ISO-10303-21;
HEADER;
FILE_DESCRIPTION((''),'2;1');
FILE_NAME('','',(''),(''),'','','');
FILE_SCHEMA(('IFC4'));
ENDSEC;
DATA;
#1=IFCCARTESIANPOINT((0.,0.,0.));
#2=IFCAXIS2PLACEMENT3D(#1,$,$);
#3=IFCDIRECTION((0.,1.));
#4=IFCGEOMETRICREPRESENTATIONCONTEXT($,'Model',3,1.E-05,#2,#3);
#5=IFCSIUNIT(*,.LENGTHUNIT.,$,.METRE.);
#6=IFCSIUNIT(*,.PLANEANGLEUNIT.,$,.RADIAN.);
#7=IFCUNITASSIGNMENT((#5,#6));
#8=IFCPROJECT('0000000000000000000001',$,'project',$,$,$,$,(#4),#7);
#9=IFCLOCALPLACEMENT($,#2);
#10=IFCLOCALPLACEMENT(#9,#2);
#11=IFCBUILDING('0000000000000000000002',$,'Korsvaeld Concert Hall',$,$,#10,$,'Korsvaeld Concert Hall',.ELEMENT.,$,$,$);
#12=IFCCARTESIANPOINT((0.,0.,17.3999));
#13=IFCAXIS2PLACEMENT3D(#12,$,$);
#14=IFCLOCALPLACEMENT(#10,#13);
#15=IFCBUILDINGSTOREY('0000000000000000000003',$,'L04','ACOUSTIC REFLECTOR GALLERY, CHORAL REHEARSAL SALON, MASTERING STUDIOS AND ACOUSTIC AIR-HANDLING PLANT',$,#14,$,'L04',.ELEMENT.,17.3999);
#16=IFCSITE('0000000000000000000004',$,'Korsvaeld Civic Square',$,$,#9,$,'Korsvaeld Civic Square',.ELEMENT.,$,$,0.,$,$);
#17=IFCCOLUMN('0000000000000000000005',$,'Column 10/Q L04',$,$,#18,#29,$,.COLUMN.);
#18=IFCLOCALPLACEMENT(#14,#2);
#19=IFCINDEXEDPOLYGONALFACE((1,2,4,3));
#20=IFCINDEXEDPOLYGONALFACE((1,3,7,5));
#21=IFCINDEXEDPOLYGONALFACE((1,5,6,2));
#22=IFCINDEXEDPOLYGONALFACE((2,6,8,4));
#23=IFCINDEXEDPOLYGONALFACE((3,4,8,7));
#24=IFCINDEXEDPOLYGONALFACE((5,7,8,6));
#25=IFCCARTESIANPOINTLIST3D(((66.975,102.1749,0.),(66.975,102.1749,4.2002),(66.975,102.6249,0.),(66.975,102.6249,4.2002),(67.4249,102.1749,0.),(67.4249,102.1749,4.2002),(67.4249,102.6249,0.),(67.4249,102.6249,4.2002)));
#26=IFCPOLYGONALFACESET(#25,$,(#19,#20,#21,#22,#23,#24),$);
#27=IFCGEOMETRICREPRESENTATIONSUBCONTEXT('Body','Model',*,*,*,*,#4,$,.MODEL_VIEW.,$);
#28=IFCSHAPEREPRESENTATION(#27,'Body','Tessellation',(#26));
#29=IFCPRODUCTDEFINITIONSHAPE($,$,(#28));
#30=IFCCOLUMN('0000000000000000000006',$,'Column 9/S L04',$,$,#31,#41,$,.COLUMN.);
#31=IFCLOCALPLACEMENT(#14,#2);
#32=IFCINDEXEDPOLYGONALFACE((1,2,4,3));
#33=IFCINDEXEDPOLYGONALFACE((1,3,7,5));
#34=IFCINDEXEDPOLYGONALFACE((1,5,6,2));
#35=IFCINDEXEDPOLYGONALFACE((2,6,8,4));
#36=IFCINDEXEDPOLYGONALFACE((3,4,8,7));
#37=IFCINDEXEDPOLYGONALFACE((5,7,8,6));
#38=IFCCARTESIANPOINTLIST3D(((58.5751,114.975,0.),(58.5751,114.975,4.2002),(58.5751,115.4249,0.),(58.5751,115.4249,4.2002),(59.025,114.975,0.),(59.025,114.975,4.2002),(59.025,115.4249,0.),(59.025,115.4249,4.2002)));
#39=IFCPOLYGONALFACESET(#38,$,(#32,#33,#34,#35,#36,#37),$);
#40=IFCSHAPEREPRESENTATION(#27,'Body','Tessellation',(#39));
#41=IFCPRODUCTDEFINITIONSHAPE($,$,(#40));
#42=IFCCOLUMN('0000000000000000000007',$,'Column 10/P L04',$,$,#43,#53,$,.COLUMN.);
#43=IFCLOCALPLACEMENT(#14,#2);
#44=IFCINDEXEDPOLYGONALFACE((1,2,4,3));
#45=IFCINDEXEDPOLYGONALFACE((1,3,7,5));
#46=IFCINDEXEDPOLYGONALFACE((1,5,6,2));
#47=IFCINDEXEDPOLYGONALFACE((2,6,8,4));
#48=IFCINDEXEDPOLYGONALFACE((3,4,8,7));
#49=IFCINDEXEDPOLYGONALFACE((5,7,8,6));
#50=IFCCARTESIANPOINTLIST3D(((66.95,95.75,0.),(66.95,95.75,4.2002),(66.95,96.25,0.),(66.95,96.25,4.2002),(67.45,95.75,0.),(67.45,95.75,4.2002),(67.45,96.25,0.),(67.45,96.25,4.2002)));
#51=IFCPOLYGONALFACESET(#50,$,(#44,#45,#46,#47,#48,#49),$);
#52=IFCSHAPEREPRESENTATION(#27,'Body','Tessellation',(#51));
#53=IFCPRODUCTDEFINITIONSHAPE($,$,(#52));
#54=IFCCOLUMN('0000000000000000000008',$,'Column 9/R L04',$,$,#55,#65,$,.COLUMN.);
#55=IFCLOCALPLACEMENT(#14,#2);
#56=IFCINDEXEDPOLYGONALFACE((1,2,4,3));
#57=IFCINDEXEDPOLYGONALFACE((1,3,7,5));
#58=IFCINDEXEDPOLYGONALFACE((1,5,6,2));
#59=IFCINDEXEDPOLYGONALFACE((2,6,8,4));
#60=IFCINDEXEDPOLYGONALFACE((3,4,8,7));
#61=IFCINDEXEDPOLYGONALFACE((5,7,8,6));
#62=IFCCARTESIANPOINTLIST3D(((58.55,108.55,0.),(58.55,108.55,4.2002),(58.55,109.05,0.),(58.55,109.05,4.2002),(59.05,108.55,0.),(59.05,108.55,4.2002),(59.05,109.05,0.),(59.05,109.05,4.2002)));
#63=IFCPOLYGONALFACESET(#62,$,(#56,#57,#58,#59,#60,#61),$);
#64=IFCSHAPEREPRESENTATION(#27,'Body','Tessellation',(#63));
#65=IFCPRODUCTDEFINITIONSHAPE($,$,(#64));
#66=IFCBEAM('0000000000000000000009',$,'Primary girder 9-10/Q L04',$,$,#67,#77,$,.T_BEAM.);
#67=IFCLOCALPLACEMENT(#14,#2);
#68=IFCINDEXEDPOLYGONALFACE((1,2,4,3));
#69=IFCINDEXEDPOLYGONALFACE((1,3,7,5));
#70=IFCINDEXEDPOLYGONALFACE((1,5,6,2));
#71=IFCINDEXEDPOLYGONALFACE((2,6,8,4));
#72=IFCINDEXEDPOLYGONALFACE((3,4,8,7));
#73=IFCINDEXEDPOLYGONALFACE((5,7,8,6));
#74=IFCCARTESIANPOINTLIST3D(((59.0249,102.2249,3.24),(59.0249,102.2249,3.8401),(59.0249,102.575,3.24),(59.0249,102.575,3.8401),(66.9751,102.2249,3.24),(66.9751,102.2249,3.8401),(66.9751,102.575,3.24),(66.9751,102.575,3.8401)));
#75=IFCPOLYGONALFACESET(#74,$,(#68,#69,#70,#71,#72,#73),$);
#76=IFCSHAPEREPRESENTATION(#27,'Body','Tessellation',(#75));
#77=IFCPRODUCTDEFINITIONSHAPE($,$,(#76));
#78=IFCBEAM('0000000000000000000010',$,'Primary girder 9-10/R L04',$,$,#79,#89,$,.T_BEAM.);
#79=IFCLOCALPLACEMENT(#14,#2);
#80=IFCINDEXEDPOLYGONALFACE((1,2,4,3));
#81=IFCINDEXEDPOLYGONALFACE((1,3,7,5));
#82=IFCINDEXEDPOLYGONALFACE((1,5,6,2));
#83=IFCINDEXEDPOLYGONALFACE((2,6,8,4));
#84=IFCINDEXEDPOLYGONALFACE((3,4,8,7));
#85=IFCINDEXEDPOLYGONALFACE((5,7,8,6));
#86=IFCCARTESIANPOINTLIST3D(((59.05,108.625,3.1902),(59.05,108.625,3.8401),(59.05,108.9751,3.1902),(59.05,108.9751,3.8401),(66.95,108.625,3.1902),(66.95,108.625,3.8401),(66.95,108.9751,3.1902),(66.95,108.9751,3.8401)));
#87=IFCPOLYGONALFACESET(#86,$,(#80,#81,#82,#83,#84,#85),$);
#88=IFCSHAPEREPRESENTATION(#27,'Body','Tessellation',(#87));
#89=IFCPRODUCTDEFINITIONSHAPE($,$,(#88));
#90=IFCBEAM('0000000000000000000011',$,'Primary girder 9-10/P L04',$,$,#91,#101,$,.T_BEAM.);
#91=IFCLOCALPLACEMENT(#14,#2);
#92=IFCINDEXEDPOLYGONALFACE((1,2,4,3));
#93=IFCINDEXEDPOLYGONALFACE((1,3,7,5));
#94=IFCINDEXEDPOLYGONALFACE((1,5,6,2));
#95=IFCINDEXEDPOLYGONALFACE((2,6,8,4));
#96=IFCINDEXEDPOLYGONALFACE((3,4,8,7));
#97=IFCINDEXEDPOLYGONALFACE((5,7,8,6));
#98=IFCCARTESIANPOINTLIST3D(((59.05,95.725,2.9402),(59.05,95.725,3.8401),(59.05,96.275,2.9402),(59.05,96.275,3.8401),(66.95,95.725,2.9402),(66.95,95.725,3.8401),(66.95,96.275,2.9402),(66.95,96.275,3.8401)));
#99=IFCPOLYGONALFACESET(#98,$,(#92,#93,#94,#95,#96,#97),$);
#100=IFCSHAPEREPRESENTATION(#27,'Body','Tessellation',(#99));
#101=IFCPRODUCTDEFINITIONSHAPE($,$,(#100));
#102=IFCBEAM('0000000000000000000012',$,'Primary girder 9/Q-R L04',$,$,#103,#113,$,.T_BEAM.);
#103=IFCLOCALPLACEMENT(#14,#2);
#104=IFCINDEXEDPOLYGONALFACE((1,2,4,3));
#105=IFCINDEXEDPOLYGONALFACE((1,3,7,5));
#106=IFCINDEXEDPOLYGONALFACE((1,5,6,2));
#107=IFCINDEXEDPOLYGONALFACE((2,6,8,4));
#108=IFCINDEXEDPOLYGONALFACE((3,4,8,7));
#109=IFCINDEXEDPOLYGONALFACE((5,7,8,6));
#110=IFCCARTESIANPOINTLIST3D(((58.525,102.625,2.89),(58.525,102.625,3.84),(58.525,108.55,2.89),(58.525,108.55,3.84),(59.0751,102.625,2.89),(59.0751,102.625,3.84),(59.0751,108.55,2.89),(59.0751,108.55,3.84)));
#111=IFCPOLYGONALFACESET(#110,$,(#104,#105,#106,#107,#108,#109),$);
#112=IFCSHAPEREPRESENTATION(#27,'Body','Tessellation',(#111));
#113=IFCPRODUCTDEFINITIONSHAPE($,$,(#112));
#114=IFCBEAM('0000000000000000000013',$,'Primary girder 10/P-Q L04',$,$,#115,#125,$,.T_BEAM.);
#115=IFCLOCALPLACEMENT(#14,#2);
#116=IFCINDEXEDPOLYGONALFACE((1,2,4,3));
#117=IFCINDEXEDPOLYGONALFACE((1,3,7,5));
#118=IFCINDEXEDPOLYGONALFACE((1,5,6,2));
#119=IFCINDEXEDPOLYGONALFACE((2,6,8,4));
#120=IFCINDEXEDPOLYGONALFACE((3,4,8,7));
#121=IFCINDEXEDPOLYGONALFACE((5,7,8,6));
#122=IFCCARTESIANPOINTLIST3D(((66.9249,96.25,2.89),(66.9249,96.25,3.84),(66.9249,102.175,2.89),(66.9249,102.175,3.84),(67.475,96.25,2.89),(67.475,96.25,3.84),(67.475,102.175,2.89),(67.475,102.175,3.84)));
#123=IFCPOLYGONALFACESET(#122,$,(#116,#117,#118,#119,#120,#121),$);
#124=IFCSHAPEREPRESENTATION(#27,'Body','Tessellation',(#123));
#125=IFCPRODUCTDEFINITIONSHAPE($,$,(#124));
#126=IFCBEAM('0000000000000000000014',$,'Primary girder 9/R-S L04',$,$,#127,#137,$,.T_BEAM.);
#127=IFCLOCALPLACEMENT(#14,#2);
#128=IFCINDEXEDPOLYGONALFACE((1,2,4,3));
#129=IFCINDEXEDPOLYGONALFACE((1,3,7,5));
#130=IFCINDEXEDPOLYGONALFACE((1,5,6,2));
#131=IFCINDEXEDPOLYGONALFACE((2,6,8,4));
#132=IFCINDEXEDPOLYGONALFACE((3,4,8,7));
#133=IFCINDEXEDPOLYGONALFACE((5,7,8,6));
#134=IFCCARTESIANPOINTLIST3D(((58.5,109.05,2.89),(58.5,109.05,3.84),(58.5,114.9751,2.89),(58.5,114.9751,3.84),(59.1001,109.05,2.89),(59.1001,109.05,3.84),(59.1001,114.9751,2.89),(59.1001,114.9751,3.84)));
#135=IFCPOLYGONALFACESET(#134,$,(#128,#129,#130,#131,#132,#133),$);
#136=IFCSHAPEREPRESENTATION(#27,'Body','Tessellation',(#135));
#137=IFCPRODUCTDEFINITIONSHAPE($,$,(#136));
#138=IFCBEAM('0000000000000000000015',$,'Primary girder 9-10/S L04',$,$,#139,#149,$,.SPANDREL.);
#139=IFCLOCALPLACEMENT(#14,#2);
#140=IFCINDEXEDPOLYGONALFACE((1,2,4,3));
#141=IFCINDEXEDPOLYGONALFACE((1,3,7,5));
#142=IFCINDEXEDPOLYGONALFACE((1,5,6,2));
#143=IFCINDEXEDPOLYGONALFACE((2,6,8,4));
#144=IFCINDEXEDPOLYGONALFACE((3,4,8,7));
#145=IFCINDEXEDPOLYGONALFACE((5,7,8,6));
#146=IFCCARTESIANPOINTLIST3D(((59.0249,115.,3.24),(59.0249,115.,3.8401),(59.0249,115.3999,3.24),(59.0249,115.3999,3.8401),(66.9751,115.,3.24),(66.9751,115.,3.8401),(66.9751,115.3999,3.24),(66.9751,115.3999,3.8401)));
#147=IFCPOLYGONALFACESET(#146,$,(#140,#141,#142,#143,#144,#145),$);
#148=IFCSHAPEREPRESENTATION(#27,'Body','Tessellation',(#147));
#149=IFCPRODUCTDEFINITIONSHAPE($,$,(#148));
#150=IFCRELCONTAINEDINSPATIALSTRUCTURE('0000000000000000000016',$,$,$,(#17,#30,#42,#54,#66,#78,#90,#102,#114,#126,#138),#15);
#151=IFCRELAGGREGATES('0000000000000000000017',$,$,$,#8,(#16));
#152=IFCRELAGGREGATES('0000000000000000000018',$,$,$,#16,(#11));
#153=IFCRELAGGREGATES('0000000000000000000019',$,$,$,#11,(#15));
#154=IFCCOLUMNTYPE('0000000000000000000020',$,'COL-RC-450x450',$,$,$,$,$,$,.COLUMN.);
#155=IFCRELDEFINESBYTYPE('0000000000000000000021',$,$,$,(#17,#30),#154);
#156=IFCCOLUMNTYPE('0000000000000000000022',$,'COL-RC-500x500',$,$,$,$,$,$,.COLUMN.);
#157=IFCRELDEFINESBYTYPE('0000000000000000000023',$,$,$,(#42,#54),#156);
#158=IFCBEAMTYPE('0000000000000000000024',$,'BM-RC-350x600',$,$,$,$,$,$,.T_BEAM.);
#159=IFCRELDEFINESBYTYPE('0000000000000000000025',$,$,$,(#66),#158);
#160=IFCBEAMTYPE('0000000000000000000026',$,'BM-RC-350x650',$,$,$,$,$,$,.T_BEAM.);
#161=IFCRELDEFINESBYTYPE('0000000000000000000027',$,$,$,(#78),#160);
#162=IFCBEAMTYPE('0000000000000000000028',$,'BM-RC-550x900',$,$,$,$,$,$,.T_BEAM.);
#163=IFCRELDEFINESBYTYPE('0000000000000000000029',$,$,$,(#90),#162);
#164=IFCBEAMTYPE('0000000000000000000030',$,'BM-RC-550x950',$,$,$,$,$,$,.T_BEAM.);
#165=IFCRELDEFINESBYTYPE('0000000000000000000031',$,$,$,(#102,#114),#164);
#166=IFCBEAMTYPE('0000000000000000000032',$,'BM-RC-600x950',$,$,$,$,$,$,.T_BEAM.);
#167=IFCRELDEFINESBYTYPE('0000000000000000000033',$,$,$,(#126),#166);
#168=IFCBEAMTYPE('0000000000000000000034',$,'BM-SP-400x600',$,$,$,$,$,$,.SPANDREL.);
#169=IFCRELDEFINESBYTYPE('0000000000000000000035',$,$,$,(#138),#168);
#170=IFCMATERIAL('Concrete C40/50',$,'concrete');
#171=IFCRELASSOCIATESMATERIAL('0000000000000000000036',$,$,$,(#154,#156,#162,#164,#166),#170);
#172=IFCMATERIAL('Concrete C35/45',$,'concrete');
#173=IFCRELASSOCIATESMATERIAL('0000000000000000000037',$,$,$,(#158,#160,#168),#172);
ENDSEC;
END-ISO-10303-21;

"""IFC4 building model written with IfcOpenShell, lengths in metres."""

from ifc_helpers import new_model, si_unit, direction, frame, origin, origin_2d, place, context, subcontext, project, spatial, rectangle, extrude, material, material_profile, profile_set, type_object, element, save


model = new_model("IFC4")

# Units and contexts
model_context = context("Model", 3, precision=1e-05, world=origin(), true_north=direction((0.0, 1.0)))
body_context = subcontext(model_context, "Body", "Model", "MODEL_VIEW")
ifc_project = project(units=[si_unit("LENGTHUNIT", "METRE"), si_unit("PLANEANGLEUNIT", "RADIAN")], contexts=[model_context])

# Site, building, storey
site_placement = place(None, origin())
site = spatial("IfcSite", under=ifc_project, at=site_placement, Name="Korsvaeld Civic Square", LongName="Korsvaeld Civic Square", CompositionType="ELEMENT", RefElevation=0.0)
building_placement = place(site_placement, origin())
building = spatial("IfcBuilding", under=site, at=building_placement, Name="Korsvaeld Concert Hall", LongName="Korsvaeld Concert Hall", CompositionType="ELEMENT")
storey_placement = place(building_placement, frame((0.0, 0.0, 17.3999)))
storey = spatial("IfcBuildingStorey", under=building, at=storey_placement, Name="L04", Description="ACOUSTIC REFLECTOR GALLERY, CHORAL REHEARSAL SALON, MASTERING STUDIOS AND ACOUSTIC AIR-HANDLING PLANT", LongName="L04", CompositionType="ELEMENT", Elevation=17.3999)

# Columns
ifc_material_1 = material(Name="Concrete C40/50", Category="concrete")
ifc_material_profile_1 = material_profile(ifc_material_1, rectangle(XDim=0.45, YDim=0.45, at=origin_2d()), Name="RC 450x450")
ifc_profile_set_1 = profile_set([ifc_material_profile_1], Name="Concrete C40/50")
column_type_1 = type_object("IfcColumnType", Name="COL-RC-450x450", PredefinedType="COLUMN", material=ifc_profile_set_1)
for number, where, z_axis, x_axis, name in (
    (1, (67.2, 102.3999, 0.0), (0.0, 0.0, 1.0), (1.0, 0.0, 0.0), "Column 10/Q L04"),
    (2, (58.8, 115.2, 0.0), (0.0, 0.0, 1.0), (1.0, 0.0, 0.0), "Column 9/S L04"),
):
    element("IfcColumn", number, at=place(storey_placement, frame(where, z_axis=z_axis, x_axis=x_axis)), inside=storey, type_object=column_type_1, Name=name, PredefinedType="COLUMN", context=body_context, shape_type="SweptSolid", body=[
        extrude(rectangle(XDim=0.45, YDim=0.45, at=origin_2d()), origin(), (0.0, 0.0, 1.0), 4.2002),
    ])
ifc_material_profile_2 = material_profile(ifc_material_1, rectangle(XDim=0.5, YDim=0.5, at=origin_2d()), Name="RC 500x500")
ifc_profile_set_2 = profile_set([ifc_material_profile_2], Name="Concrete C40/50")
column_type_2 = type_object("IfcColumnType", Name="COL-RC-500x500", PredefinedType="COLUMN", material=ifc_profile_set_2)
for number, where, z_axis, x_axis, name in (
    (3, (67.2, 96.0, 0.0), (0.0, 0.0, 1.0), (1.0, 0.0, 0.0), "Column 10/P L04"),
    (4, (58.8, 108.8, 0.0), (0.0, 0.0, 1.0), (1.0, 0.0, 0.0), "Column 9/R L04"),
):
    element("IfcColumn", number, at=place(storey_placement, frame(where, z_axis=z_axis, x_axis=x_axis)), inside=storey, type_object=column_type_2, Name=name, PredefinedType="COLUMN", context=body_context, shape_type="SweptSolid", body=[
        extrude(rectangle(XDim=0.5, YDim=0.5, at=origin_2d()), origin(), (0.0, 0.0, 1.0), 4.2002),
    ])

# Beams
ifc_material_2 = material(Name="Concrete C35/45", Category="concrete")
ifc_material_profile_3 = material_profile(ifc_material_2, rectangle(XDim=0.3501, YDim=0.6001, at=origin_2d()), Name="RC 350x600")
ifc_profile_set_3 = profile_set([ifc_material_profile_3], Name="Concrete C35/45")
beam_type_1 = type_object("IfcBeamType", Name="BM-RC-350x600", PredefinedType="T_BEAM", material=ifc_profile_set_3)
beam_1_placement = place(storey_placement, frame((59.0249, 102.3999, 3.54), z_axis=(1.0, 0.0, 0.0), x_axis=(0.0, 1.0, 0.0)))
element("IfcBeam", 5, at=beam_1_placement, inside=storey, type_object=beam_type_1, Name="Primary girder 9-10/Q L04", PredefinedType="T_BEAM", context=body_context, shape_type="SweptSolid", body=[
    extrude(rectangle(XDim=0.3501, YDim=0.6001, at=origin_2d()), origin(), (0.0, 0.0, 1.0), 7.9502),
])
ifc_material_profile_4 = material_profile(ifc_material_2, rectangle(XDim=0.3501, YDim=0.6499, at=origin_2d()), Name="RC 350x650")
ifc_profile_set_4 = profile_set([ifc_material_profile_4], Name="Concrete C35/45")
beam_type_2 = type_object("IfcBeamType", Name="BM-RC-350x650", PredefinedType="T_BEAM", material=ifc_profile_set_4)
beam_2_placement = place(storey_placement, frame((59.05, 108.8, 3.5151), z_axis=(1.0, 0.0, 0.0), x_axis=(0.0, 1.0, 0.0)))
element("IfcBeam", 6, at=beam_2_placement, inside=storey, type_object=beam_type_2, Name="Primary girder 9-10/R L04", PredefinedType="T_BEAM", context=body_context, shape_type="SweptSolid", body=[
    extrude(rectangle(XDim=0.3501, YDim=0.6499, at=origin_2d()), origin(), (0.0, 0.0, 1.0), 7.8999),
])
ifc_material_profile_5 = material_profile(ifc_material_1, rectangle(XDim=0.55, YDim=0.8999, at=origin_2d()), Name="RC 550x900")
ifc_profile_set_5 = profile_set([ifc_material_profile_5], Name="Concrete C40/50")
beam_type_3 = type_object("IfcBeamType", Name="BM-RC-550x900", PredefinedType="T_BEAM", material=ifc_profile_set_5)
beam_3_placement = place(storey_placement, frame((59.05, 96.0, 3.3901), z_axis=(1.0, 0.0, 0.0), x_axis=(0.0, 1.0, 0.0)))
element("IfcBeam", 7, at=beam_3_placement, inside=storey, type_object=beam_type_3, Name="Primary girder 9-10/P L04", PredefinedType="T_BEAM", context=body_context, shape_type="SweptSolid", body=[
    extrude(rectangle(XDim=0.55, YDim=0.8999, at=origin_2d()), origin(), (0.0, 0.0, 1.0), 7.8999),
])
ifc_material_profile_6 = material_profile(ifc_material_1, rectangle(XDim=0.55, YDim=0.95, at=origin_2d()), Name="RC 550x950")
ifc_profile_set_6 = profile_set([ifc_material_profile_6], Name="Concrete C40/50")
beam_type_4 = type_object("IfcBeamType", Name="BM-RC-550x950", PredefinedType="T_BEAM", material=ifc_profile_set_6)
for number, where, z_axis, x_axis, name in (
    (8, (58.8, 102.625, 3.365), (0.0, 1.0, 0.0), (-1.0, 0.0, 0.0), "Primary girder 9/Q-R L04"),
    (9, (67.2, 96.25, 3.365), (0.0, 1.0, 0.0), (-1.0, 0.0, 0.0), "Primary girder 10/P-Q L04"),
):
    element("IfcBeam", number, at=place(storey_placement, frame(where, z_axis=z_axis, x_axis=x_axis)), inside=storey, type_object=beam_type_4, Name=name, PredefinedType="T_BEAM", context=body_context, shape_type="SweptSolid", body=[
        extrude(rectangle(XDim=0.55, YDim=0.95, at=origin_2d()), origin(), (0.0, 0.0, 1.0), 5.925),
    ])
ifc_material_profile_7 = material_profile(ifc_material_1, rectangle(XDim=0.6001, YDim=0.95, at=origin_2d()), Name="RC 600x950")
ifc_profile_set_7 = profile_set([ifc_material_profile_7], Name="Concrete C40/50")
beam_type_5 = type_object("IfcBeamType", Name="BM-RC-600x950", PredefinedType="T_BEAM", material=ifc_profile_set_7)
beam_4_placement = place(storey_placement, frame((58.8, 109.05, 3.365), z_axis=(0.0, 1.0, 0.0), x_axis=(-1.0, 0.0, 0.0)))
element("IfcBeam", 10, at=beam_4_placement, inside=storey, type_object=beam_type_5, Name="Primary girder 9/R-S L04", PredefinedType="T_BEAM", context=body_context, shape_type="SweptSolid", body=[
    extrude(rectangle(XDim=0.6001, YDim=0.95, at=origin_2d()), origin(), (0.0, 0.0, 1.0), 5.925),
])
ifc_material_profile_8 = material_profile(ifc_material_2, rectangle(XDim=0.3999, YDim=0.6001, at=origin_2d()), Name="RC 400x600")
ifc_profile_set_8 = profile_set([ifc_material_profile_8], Name="Concrete C35/45")
beam_type_6 = type_object("IfcBeamType", Name="BM-SP-400x600", PredefinedType="SPANDREL", material=ifc_profile_set_8)
beam_5_placement = place(storey_placement, frame((59.0249, 115.2, 3.54), z_axis=(1.0, 0.0, 0.0), x_axis=(0.0, 1.0, 0.0)))
element("IfcBeam", 11, at=beam_5_placement, inside=storey, type_object=beam_type_6, Name="Primary girder 9-10/S L04", PredefinedType="SPANDREL", context=body_context, shape_type="SweptSolid", body=[
    extrude(rectangle(XDim=0.3999, YDim=0.6001, at=origin_2d()), origin(), (0.0, 0.0, 1.0), 7.9502),
])

save(model, "model.ifc")
